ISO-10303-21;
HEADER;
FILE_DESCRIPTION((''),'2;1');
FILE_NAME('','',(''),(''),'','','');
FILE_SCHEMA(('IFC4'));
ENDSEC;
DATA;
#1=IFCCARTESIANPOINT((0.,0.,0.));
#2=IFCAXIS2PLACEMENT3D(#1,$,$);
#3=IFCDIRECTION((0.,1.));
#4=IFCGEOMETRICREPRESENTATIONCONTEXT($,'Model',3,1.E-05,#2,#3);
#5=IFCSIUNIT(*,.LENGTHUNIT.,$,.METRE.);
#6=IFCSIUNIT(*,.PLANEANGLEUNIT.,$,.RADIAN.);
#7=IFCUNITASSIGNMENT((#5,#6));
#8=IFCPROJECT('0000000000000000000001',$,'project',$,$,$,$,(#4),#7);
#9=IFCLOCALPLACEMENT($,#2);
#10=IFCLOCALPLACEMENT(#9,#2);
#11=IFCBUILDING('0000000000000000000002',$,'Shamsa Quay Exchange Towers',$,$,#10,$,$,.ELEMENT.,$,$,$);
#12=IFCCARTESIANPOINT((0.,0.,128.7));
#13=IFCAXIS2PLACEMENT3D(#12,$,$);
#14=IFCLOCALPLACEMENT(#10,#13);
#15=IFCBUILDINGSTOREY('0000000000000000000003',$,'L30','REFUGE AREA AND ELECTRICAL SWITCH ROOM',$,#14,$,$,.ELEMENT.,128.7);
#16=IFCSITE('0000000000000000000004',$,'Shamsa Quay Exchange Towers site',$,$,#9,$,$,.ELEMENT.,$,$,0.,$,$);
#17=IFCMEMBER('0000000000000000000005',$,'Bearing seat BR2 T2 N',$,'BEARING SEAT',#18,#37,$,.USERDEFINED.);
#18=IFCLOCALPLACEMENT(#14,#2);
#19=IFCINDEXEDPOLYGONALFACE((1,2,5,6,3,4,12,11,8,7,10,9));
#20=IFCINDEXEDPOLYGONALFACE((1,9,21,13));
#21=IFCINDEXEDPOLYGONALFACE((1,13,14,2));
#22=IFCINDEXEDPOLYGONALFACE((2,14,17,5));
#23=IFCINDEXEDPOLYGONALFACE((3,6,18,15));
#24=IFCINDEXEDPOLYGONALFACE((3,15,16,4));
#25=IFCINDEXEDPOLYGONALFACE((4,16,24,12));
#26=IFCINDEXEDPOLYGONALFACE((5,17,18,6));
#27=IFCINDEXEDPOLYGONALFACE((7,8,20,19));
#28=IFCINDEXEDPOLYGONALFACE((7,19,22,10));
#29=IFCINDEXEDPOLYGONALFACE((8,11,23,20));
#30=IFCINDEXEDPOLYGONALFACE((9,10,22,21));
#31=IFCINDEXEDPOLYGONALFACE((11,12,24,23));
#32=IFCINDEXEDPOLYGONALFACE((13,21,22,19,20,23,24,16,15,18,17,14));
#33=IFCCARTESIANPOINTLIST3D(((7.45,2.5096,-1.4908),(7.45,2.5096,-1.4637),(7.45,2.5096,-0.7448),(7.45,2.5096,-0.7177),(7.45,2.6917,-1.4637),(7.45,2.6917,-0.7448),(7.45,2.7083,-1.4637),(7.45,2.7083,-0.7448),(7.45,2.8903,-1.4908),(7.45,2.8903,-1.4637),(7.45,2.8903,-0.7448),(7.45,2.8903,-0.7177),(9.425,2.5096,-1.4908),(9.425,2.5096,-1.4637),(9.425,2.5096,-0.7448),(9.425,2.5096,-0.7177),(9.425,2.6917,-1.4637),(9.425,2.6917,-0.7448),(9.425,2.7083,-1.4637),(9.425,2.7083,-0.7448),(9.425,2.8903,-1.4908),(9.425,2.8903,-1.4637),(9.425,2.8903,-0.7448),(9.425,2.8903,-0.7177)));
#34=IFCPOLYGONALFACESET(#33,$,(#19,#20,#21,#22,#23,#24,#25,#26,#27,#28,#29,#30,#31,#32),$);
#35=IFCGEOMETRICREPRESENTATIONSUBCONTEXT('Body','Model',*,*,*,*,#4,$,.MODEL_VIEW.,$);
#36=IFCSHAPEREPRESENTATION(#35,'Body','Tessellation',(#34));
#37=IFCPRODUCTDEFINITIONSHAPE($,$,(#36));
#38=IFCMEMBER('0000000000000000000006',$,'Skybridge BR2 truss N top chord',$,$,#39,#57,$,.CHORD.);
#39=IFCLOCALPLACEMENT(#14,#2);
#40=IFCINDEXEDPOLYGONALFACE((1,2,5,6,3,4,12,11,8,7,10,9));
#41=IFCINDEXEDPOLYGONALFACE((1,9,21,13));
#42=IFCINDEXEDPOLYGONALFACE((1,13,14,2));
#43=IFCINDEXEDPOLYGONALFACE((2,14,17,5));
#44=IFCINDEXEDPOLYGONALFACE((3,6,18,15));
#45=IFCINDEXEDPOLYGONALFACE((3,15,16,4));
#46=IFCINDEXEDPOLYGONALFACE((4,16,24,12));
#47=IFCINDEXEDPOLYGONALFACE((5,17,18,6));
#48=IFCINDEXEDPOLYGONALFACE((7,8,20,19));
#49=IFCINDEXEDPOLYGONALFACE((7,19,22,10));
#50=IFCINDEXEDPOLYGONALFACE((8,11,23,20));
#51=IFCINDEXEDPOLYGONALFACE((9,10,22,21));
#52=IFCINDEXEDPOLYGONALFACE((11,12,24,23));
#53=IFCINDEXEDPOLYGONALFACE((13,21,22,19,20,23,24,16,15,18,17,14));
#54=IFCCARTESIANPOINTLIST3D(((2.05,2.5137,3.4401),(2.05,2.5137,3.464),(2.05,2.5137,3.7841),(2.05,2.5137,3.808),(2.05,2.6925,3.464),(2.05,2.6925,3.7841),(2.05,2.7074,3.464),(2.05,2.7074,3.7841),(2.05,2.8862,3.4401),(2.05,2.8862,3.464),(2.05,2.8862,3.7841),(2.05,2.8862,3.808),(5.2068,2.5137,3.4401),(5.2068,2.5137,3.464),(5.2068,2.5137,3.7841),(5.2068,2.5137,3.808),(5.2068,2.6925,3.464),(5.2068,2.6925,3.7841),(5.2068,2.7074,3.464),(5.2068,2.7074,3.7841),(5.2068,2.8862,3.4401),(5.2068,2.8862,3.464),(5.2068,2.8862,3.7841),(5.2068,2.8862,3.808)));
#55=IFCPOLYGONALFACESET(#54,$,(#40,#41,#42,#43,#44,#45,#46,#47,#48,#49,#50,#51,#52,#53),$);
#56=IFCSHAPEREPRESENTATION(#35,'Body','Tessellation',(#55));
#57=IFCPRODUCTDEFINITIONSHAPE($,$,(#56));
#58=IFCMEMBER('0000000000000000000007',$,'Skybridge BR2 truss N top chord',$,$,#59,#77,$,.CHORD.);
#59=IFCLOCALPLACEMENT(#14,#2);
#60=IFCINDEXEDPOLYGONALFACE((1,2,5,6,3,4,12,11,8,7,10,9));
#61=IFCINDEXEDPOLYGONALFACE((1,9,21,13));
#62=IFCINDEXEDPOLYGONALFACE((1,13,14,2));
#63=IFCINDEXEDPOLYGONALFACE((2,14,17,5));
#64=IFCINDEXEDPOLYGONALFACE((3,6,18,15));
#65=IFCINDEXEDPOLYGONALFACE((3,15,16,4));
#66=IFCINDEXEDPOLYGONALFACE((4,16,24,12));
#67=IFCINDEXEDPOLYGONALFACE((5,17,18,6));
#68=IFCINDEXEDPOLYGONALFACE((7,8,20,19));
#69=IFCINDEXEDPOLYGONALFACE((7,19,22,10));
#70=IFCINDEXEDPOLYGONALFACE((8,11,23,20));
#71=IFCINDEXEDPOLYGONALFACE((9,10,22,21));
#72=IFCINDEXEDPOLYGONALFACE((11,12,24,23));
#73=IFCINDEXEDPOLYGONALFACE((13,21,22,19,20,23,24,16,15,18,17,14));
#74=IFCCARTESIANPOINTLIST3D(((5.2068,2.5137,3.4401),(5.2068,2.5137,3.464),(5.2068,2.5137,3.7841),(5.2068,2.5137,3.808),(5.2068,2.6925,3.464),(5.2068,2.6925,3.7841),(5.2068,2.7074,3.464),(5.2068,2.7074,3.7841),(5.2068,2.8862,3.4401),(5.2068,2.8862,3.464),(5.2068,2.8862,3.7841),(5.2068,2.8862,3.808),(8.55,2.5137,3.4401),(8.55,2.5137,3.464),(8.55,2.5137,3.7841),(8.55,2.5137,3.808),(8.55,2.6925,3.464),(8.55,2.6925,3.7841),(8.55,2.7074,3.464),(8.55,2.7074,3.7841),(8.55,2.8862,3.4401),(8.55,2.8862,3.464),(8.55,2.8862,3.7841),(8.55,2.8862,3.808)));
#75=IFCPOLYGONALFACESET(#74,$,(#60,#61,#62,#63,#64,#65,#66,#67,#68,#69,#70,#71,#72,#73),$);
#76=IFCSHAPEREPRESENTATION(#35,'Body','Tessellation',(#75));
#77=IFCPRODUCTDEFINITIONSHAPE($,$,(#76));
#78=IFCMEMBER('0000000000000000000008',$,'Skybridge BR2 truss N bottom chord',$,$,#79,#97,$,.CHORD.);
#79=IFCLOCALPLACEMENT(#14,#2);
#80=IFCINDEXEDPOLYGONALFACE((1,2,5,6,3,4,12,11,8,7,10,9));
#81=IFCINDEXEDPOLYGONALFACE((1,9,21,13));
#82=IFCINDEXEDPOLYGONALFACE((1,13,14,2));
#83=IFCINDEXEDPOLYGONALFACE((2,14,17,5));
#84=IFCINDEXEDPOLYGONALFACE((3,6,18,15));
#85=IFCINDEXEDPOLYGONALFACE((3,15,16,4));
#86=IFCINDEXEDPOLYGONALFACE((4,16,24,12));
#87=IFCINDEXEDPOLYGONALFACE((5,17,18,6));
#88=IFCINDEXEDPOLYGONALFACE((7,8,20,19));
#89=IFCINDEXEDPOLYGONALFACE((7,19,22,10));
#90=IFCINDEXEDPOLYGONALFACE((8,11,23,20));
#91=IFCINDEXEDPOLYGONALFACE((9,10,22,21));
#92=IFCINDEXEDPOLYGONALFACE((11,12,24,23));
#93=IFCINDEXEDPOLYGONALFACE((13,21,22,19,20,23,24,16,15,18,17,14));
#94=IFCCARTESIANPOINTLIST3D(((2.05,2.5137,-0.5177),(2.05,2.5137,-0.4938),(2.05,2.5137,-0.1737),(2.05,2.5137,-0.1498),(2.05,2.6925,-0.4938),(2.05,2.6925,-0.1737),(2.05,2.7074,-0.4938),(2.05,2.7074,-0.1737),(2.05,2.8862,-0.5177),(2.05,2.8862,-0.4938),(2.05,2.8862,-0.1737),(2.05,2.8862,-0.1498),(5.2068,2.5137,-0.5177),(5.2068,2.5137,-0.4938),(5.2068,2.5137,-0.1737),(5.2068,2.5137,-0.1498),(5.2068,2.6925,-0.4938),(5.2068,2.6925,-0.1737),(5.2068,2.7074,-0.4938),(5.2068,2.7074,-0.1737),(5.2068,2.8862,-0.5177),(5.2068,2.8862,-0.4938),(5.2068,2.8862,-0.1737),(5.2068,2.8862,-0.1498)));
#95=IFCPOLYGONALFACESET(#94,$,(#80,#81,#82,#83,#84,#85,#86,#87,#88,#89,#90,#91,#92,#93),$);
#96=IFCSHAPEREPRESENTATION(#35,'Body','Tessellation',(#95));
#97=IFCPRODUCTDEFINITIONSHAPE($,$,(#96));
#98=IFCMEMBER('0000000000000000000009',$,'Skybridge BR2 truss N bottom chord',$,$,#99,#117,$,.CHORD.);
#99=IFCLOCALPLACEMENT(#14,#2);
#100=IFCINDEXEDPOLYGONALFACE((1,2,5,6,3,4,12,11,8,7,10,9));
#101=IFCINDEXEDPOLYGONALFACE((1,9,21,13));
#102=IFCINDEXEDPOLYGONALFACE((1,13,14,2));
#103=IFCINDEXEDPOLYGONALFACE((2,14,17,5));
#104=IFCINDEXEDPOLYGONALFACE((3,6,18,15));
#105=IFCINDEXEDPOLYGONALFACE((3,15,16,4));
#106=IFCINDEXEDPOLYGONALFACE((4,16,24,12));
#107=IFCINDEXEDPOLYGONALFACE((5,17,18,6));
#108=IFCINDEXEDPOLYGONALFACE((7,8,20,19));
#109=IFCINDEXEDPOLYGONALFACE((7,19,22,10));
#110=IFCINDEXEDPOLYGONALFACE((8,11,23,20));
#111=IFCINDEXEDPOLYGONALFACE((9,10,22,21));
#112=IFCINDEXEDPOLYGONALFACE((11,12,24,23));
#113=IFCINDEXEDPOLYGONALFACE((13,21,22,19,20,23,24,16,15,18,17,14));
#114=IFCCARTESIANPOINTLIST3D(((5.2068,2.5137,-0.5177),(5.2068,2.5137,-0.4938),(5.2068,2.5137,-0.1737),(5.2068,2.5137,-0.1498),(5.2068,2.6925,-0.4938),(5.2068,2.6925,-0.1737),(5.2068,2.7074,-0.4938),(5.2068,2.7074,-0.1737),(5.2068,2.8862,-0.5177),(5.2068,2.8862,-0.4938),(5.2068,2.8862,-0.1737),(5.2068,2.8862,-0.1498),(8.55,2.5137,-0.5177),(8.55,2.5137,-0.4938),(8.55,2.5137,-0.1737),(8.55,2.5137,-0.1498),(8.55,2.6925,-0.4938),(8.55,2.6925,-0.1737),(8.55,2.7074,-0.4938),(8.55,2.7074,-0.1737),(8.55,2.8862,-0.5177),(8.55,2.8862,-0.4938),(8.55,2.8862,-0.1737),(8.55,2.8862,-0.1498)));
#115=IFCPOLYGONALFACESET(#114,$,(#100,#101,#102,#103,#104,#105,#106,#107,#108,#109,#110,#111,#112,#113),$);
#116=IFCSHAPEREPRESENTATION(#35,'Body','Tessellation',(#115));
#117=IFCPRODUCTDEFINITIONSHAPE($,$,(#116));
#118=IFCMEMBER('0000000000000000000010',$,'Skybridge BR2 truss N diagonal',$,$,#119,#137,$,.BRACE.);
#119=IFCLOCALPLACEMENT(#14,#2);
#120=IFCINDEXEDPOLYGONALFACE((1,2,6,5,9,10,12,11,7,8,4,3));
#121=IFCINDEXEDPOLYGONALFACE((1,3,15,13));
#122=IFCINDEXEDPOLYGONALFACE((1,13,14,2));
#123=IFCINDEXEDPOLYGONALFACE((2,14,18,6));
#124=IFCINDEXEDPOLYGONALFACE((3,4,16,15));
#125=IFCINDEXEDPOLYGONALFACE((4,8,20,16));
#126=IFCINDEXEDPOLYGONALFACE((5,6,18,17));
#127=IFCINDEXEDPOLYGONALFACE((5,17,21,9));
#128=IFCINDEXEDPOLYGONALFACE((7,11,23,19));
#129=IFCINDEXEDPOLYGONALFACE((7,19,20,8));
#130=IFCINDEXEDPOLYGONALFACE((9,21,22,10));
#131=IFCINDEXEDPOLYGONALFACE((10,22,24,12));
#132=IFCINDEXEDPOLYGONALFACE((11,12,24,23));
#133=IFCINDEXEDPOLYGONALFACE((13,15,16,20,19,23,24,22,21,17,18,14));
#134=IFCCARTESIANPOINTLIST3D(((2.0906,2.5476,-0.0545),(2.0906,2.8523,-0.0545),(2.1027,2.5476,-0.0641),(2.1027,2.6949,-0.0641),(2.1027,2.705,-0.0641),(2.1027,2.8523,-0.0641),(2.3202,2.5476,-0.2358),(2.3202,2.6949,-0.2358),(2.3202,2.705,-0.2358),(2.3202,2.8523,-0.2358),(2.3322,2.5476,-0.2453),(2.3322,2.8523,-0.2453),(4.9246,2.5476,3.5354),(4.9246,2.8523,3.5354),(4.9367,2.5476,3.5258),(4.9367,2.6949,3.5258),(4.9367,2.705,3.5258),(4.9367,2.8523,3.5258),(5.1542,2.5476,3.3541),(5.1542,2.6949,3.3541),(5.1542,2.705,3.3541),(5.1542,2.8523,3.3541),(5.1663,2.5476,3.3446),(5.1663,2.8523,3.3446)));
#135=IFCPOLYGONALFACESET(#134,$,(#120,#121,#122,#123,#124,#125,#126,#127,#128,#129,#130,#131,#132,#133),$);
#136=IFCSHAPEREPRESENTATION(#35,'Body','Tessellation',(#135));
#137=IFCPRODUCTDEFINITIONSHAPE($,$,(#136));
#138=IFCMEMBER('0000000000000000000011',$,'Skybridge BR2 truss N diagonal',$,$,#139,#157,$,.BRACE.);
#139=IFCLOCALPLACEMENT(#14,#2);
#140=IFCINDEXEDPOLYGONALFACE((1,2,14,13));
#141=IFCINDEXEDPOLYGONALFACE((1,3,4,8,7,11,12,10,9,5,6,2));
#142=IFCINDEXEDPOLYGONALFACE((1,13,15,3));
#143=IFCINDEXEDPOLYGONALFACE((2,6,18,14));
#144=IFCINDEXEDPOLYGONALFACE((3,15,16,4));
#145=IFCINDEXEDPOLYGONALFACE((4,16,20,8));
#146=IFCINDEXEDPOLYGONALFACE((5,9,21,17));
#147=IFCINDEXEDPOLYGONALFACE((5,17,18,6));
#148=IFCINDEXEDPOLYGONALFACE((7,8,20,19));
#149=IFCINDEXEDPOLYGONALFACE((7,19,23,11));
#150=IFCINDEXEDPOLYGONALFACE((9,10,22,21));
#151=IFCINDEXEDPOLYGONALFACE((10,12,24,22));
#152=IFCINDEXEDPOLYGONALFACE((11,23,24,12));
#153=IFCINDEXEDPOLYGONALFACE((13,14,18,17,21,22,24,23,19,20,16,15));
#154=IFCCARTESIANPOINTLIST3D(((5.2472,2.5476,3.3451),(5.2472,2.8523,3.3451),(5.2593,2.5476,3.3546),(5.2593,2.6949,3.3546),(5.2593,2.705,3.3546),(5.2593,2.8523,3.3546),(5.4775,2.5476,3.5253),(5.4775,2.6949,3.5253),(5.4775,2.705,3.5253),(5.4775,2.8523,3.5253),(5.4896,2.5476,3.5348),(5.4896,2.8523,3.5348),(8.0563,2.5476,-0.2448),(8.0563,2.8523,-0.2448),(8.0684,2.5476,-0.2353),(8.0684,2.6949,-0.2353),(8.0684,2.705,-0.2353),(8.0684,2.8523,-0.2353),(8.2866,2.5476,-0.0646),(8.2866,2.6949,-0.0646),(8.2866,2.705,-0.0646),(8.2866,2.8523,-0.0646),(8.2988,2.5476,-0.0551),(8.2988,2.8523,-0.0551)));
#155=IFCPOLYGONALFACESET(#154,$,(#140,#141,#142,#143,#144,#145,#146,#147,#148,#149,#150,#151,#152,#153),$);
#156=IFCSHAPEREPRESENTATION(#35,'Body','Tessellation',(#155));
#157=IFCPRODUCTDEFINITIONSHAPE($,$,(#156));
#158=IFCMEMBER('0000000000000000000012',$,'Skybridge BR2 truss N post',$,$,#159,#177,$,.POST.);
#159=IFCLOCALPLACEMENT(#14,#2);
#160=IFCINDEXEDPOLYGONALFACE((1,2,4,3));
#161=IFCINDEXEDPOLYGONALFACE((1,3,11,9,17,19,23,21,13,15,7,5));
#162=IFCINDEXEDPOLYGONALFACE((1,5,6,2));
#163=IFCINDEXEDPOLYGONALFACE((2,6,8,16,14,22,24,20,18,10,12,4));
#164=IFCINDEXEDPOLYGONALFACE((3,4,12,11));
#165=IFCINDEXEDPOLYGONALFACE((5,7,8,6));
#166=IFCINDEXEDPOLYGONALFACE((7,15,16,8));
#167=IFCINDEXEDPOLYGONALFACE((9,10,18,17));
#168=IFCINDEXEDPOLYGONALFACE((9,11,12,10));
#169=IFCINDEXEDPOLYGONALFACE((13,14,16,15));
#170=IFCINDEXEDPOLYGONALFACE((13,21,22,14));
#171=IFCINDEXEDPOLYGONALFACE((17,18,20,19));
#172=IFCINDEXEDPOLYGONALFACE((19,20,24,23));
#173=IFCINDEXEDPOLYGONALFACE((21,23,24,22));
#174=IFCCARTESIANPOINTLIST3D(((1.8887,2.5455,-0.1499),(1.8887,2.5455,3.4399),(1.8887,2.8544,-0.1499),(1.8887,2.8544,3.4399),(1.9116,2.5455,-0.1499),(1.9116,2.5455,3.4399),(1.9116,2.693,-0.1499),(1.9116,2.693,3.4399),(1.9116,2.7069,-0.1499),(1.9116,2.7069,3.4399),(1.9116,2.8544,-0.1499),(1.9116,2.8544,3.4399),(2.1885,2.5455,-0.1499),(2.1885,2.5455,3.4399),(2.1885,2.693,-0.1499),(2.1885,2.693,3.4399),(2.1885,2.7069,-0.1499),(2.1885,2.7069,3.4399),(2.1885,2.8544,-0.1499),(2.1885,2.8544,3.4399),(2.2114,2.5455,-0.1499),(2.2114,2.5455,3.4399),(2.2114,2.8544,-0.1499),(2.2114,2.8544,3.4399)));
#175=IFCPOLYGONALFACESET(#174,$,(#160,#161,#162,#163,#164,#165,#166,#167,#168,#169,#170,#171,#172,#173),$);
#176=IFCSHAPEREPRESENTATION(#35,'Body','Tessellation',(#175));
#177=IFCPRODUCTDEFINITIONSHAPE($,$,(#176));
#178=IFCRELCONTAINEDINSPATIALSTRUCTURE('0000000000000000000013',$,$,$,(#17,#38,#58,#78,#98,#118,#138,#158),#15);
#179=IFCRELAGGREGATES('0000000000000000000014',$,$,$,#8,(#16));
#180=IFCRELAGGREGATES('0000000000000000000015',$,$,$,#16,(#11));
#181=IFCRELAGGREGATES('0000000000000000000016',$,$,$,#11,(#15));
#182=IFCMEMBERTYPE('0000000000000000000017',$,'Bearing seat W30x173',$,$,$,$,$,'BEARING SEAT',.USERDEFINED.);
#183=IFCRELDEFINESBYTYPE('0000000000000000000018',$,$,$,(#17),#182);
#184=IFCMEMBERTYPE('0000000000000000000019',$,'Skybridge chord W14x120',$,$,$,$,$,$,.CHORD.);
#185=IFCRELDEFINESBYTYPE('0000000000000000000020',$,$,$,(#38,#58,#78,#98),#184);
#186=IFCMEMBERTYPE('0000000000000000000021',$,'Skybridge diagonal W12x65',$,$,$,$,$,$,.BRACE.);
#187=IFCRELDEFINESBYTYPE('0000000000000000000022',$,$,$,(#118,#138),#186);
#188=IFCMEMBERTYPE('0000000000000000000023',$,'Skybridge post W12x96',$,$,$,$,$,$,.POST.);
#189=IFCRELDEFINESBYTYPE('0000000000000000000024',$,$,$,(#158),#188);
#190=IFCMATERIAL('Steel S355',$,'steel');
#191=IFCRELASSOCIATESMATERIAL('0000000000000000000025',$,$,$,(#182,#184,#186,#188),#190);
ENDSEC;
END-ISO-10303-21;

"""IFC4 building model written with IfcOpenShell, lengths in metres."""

from ifc_helpers import new_model, si_unit, direction, frame, origin, origin_2d, place, context, subcontext, project, spatial, i_section, extrude, material, material_profile, profile_set, type_object, element, save


model = new_model("IFC4")

# Units and contexts
model_context = context("Model", 3, precision=1e-05, world=origin(), true_north=direction((0.0, 1.0)))
body_context = subcontext(model_context, "Body", "Model", "MODEL_VIEW")
ifc_project = project(units=[si_unit("LENGTHUNIT", "METRE"), si_unit("PLANEANGLEUNIT", "RADIAN")], contexts=[model_context])

# Site, building, storey
site_placement = place(None, origin())
site = spatial("IfcSite", under=ifc_project, at=site_placement, Name="Shamsa Quay Exchange Towers site", CompositionType="ELEMENT", RefElevation=0.0)
building_placement = place(site_placement, origin())
building = spatial("IfcBuilding", under=site, at=building_placement, Name="Shamsa Quay Exchange Towers", CompositionType="ELEMENT")
storey_placement = place(building_placement, frame((0.0, 0.0, 128.7)))
storey = spatial("IfcBuildingStorey", under=building, at=storey_placement, Name="L30", Description="REFUGE AREA AND ELECTRICAL SWITCH ROOM", CompositionType="ELEMENT", Elevation=128.7)

# Members
ifc_material_1 = material(Name="Steel S355", Category="steel")
ifc_material_profile_1 = material_profile(ifc_material_1, i_section(OverallWidth=0.3806, OverallDepth=0.7732, WebThickness=0.0166, FlangeThickness=0.0271, at=origin_2d()), Name="W30x173")
ifc_profile_set_1 = profile_set([ifc_material_profile_1], Name="Steel S355")
member_type_1 = type_object("IfcMemberType", Name="Bearing seat W30x173", ElementType="BEARING SEAT", PredefinedType="USERDEFINED", material=ifc_profile_set_1)
member_1_placement = place(storey_placement, frame((7.45, 2.7, -1.1042), z_axis=(1.0, 0.0, 0.0), x_axis=(0.0, 1.0, 0.0)))
element("IfcMember", 1, at=member_1_placement, inside=storey, type_object=member_type_1, Name="Bearing seat BR2 T2 N", ObjectType="BEARING SEAT", PredefinedType="USERDEFINED", context=body_context, shape_type="SweptSolid", body=[
    extrude(i_section(OverallWidth=0.3806, OverallDepth=0.7732, WebThickness=0.0166, FlangeThickness=0.0271, at=origin_2d()), origin(), (0.0, 0.0, 1.0), 1.9751),
])
ifc_material_profile_2 = material_profile(ifc_material_1, i_section(OverallWidth=0.3726, OverallDepth=0.3679, WebThickness=0.0149, FlangeThickness=0.0239, at=origin_2d()), Name="W14x120")
ifc_profile_set_2 = profile_set([ifc_material_profile_2], Name="Steel S355")
member_type_2 = type_object("IfcMemberType", Name="Skybridge chord W14x120", PredefinedType="CHORD", material=ifc_profile_set_2)
member_2_placement = place(storey_placement, frame((2.05, 2.7, 3.624), z_axis=(1.0, 0.0, 0.0), x_axis=(0.0, 1.0, 0.0)))
element("IfcMember", 2, at=member_2_placement, inside=storey, type_object=member_type_2, Name="Skybridge BR2 truss N top chord", PredefinedType="CHORD", context=body_context, shape_type="SweptSolid", body=[
    extrude(i_section(OverallWidth=0.3726, OverallDepth=0.3679, WebThickness=0.0149, FlangeThickness=0.0239, at=origin_2d()), origin(), (0.0, 0.0, 1.0), 3.1567),
])
member_3_placement = place(storey_placement, frame((5.2068, 2.7, 3.624), z_axis=(1.0, 0.0, 0.0), x_axis=(0.0, 1.0, 0.0)))
element("IfcMember", 3, at=member_3_placement, inside=storey, type_object=member_type_2, Name="Skybridge BR2 truss N top chord", PredefinedType="CHORD", context=body_context, shape_type="SweptSolid", body=[
    extrude(i_section(OverallWidth=0.3726, OverallDepth=0.3679, WebThickness=0.0149, FlangeThickness=0.0239, at=origin_2d()), origin(), (0.0, 0.0, 1.0), 3.3433),
])
member_4_placement = place(storey_placement, frame((2.05, 2.7, -0.3337), z_axis=(1.0, 0.0, 0.0), x_axis=(0.0, 1.0, 0.0)))
element("IfcMember", 4, at=member_4_placement, inside=storey, type_object=member_type_2, Name="Skybridge BR2 truss N bottom chord", PredefinedType="CHORD", context=body_context, shape_type="SweptSolid", body=[
    extrude(i_section(OverallWidth=0.3726, OverallDepth=0.3679, WebThickness=0.0149, FlangeThickness=0.0239, at=origin_2d()), origin(), (0.0, 0.0, 1.0), 3.1567),
])
member_5_placement = place(storey_placement, frame((5.2068, 2.7, -0.3337), z_axis=(1.0, 0.0, 0.0), x_axis=(0.0, 1.0, 0.0)))
element("IfcMember", 5, at=member_5_placement, inside=storey, type_object=member_type_2, Name="Skybridge BR2 truss N bottom chord", PredefinedType="CHORD", context=body_context, shape_type="SweptSolid", body=[
    extrude(i_section(OverallWidth=0.3726, OverallDepth=0.3679, WebThickness=0.0149, FlangeThickness=0.0239, at=origin_2d()), origin(), (0.0, 0.0, 1.0), 3.3433),
])
ifc_material_profile_3 = material_profile(ifc_material_1, i_section(OverallWidth=0.3047, OverallDepth=0.3079, WebThickness=0.01, FlangeThickness=0.0154, at=origin_2d()), Name="W12x65")
ifc_profile_set_3 = profile_set([ifc_material_profile_3], Name="Steel S355")
member_type_3 = type_object("IfcMemberType", Name="Skybridge diagonal W12x65", PredefinedType="BRACE", material=ifc_profile_set_3)
member_6_placement = place(storey_placement, frame((2.2114, 2.7, -0.1499), z_axis=(0.61963, 0.0, 0.784894), x_axis=(0.0, 1.0, 0.0)))
element("IfcMember", 6, at=member_6_placement, inside=storey, type_object=member_type_3, Name="Skybridge BR2 truss N diagonal", PredefinedType="BRACE", context=body_context, shape_type="SweptSolid", body=[
    extrude(i_section(OverallWidth=0.3047, OverallDepth=0.3079, WebThickness=0.01, FlangeThickness=0.0154, at=origin_2d()), origin(), (0.0, 0.0, 1.0), 4.5737),
])
member_7_placement = place(storey_placement, frame((5.3684, 2.7, 3.4399), z_axis=(0.616259, 0.0, -0.787543), x_axis=(0.0, 1.0, 0.0)))
element("IfcMember", 7, at=member_7_placement, inside=storey, type_object=member_type_3, Name="Skybridge BR2 truss N diagonal", PredefinedType="BRACE", context=body_context, shape_type="SweptSolid", body=[
    extrude(i_section(OverallWidth=0.3047, OverallDepth=0.3079, WebThickness=0.01, FlangeThickness=0.0154, at=origin_2d()), origin(), (0.0, 0.0, 1.0), 4.5583),
])
ifc_material_profile_4 = material_profile(ifc_material_1, i_section(OverallWidth=0.3088, OverallDepth=0.3228, WebThickness=0.0139, FlangeThickness=0.0229, at=origin_2d()), Name="W12x96")
ifc_profile_set_4 = profile_set([ifc_material_profile_4], Name="Steel S355")
member_type_4 = type_object("IfcMemberType", Name="Skybridge post W12x96", PredefinedType="POST", material=ifc_profile_set_4)
for number, where, z_axis, x_axis, name in (
    (8, (2.05, 2.7, -0.1499), (0.0, 0.0, 1.0), (0.0, 1.0, 0.0), "Skybridge BR2 truss N post"),
):
    element("IfcMember", number, at=place(storey_placement, frame(where, z_axis=z_axis, x_axis=x_axis)), inside=storey, type_object=member_type_4, Name=name, PredefinedType="POST", context=body_context, shape_type="SweptSolid", body=[
        extrude(i_section(OverallWidth=0.3088, OverallDepth=0.3228, WebThickness=0.0139, FlangeThickness=0.0229, at=origin_2d()), origin(), (0.0, 0.0, 1.0), 3.5898),
    ])

save(model, "model.ifc")
